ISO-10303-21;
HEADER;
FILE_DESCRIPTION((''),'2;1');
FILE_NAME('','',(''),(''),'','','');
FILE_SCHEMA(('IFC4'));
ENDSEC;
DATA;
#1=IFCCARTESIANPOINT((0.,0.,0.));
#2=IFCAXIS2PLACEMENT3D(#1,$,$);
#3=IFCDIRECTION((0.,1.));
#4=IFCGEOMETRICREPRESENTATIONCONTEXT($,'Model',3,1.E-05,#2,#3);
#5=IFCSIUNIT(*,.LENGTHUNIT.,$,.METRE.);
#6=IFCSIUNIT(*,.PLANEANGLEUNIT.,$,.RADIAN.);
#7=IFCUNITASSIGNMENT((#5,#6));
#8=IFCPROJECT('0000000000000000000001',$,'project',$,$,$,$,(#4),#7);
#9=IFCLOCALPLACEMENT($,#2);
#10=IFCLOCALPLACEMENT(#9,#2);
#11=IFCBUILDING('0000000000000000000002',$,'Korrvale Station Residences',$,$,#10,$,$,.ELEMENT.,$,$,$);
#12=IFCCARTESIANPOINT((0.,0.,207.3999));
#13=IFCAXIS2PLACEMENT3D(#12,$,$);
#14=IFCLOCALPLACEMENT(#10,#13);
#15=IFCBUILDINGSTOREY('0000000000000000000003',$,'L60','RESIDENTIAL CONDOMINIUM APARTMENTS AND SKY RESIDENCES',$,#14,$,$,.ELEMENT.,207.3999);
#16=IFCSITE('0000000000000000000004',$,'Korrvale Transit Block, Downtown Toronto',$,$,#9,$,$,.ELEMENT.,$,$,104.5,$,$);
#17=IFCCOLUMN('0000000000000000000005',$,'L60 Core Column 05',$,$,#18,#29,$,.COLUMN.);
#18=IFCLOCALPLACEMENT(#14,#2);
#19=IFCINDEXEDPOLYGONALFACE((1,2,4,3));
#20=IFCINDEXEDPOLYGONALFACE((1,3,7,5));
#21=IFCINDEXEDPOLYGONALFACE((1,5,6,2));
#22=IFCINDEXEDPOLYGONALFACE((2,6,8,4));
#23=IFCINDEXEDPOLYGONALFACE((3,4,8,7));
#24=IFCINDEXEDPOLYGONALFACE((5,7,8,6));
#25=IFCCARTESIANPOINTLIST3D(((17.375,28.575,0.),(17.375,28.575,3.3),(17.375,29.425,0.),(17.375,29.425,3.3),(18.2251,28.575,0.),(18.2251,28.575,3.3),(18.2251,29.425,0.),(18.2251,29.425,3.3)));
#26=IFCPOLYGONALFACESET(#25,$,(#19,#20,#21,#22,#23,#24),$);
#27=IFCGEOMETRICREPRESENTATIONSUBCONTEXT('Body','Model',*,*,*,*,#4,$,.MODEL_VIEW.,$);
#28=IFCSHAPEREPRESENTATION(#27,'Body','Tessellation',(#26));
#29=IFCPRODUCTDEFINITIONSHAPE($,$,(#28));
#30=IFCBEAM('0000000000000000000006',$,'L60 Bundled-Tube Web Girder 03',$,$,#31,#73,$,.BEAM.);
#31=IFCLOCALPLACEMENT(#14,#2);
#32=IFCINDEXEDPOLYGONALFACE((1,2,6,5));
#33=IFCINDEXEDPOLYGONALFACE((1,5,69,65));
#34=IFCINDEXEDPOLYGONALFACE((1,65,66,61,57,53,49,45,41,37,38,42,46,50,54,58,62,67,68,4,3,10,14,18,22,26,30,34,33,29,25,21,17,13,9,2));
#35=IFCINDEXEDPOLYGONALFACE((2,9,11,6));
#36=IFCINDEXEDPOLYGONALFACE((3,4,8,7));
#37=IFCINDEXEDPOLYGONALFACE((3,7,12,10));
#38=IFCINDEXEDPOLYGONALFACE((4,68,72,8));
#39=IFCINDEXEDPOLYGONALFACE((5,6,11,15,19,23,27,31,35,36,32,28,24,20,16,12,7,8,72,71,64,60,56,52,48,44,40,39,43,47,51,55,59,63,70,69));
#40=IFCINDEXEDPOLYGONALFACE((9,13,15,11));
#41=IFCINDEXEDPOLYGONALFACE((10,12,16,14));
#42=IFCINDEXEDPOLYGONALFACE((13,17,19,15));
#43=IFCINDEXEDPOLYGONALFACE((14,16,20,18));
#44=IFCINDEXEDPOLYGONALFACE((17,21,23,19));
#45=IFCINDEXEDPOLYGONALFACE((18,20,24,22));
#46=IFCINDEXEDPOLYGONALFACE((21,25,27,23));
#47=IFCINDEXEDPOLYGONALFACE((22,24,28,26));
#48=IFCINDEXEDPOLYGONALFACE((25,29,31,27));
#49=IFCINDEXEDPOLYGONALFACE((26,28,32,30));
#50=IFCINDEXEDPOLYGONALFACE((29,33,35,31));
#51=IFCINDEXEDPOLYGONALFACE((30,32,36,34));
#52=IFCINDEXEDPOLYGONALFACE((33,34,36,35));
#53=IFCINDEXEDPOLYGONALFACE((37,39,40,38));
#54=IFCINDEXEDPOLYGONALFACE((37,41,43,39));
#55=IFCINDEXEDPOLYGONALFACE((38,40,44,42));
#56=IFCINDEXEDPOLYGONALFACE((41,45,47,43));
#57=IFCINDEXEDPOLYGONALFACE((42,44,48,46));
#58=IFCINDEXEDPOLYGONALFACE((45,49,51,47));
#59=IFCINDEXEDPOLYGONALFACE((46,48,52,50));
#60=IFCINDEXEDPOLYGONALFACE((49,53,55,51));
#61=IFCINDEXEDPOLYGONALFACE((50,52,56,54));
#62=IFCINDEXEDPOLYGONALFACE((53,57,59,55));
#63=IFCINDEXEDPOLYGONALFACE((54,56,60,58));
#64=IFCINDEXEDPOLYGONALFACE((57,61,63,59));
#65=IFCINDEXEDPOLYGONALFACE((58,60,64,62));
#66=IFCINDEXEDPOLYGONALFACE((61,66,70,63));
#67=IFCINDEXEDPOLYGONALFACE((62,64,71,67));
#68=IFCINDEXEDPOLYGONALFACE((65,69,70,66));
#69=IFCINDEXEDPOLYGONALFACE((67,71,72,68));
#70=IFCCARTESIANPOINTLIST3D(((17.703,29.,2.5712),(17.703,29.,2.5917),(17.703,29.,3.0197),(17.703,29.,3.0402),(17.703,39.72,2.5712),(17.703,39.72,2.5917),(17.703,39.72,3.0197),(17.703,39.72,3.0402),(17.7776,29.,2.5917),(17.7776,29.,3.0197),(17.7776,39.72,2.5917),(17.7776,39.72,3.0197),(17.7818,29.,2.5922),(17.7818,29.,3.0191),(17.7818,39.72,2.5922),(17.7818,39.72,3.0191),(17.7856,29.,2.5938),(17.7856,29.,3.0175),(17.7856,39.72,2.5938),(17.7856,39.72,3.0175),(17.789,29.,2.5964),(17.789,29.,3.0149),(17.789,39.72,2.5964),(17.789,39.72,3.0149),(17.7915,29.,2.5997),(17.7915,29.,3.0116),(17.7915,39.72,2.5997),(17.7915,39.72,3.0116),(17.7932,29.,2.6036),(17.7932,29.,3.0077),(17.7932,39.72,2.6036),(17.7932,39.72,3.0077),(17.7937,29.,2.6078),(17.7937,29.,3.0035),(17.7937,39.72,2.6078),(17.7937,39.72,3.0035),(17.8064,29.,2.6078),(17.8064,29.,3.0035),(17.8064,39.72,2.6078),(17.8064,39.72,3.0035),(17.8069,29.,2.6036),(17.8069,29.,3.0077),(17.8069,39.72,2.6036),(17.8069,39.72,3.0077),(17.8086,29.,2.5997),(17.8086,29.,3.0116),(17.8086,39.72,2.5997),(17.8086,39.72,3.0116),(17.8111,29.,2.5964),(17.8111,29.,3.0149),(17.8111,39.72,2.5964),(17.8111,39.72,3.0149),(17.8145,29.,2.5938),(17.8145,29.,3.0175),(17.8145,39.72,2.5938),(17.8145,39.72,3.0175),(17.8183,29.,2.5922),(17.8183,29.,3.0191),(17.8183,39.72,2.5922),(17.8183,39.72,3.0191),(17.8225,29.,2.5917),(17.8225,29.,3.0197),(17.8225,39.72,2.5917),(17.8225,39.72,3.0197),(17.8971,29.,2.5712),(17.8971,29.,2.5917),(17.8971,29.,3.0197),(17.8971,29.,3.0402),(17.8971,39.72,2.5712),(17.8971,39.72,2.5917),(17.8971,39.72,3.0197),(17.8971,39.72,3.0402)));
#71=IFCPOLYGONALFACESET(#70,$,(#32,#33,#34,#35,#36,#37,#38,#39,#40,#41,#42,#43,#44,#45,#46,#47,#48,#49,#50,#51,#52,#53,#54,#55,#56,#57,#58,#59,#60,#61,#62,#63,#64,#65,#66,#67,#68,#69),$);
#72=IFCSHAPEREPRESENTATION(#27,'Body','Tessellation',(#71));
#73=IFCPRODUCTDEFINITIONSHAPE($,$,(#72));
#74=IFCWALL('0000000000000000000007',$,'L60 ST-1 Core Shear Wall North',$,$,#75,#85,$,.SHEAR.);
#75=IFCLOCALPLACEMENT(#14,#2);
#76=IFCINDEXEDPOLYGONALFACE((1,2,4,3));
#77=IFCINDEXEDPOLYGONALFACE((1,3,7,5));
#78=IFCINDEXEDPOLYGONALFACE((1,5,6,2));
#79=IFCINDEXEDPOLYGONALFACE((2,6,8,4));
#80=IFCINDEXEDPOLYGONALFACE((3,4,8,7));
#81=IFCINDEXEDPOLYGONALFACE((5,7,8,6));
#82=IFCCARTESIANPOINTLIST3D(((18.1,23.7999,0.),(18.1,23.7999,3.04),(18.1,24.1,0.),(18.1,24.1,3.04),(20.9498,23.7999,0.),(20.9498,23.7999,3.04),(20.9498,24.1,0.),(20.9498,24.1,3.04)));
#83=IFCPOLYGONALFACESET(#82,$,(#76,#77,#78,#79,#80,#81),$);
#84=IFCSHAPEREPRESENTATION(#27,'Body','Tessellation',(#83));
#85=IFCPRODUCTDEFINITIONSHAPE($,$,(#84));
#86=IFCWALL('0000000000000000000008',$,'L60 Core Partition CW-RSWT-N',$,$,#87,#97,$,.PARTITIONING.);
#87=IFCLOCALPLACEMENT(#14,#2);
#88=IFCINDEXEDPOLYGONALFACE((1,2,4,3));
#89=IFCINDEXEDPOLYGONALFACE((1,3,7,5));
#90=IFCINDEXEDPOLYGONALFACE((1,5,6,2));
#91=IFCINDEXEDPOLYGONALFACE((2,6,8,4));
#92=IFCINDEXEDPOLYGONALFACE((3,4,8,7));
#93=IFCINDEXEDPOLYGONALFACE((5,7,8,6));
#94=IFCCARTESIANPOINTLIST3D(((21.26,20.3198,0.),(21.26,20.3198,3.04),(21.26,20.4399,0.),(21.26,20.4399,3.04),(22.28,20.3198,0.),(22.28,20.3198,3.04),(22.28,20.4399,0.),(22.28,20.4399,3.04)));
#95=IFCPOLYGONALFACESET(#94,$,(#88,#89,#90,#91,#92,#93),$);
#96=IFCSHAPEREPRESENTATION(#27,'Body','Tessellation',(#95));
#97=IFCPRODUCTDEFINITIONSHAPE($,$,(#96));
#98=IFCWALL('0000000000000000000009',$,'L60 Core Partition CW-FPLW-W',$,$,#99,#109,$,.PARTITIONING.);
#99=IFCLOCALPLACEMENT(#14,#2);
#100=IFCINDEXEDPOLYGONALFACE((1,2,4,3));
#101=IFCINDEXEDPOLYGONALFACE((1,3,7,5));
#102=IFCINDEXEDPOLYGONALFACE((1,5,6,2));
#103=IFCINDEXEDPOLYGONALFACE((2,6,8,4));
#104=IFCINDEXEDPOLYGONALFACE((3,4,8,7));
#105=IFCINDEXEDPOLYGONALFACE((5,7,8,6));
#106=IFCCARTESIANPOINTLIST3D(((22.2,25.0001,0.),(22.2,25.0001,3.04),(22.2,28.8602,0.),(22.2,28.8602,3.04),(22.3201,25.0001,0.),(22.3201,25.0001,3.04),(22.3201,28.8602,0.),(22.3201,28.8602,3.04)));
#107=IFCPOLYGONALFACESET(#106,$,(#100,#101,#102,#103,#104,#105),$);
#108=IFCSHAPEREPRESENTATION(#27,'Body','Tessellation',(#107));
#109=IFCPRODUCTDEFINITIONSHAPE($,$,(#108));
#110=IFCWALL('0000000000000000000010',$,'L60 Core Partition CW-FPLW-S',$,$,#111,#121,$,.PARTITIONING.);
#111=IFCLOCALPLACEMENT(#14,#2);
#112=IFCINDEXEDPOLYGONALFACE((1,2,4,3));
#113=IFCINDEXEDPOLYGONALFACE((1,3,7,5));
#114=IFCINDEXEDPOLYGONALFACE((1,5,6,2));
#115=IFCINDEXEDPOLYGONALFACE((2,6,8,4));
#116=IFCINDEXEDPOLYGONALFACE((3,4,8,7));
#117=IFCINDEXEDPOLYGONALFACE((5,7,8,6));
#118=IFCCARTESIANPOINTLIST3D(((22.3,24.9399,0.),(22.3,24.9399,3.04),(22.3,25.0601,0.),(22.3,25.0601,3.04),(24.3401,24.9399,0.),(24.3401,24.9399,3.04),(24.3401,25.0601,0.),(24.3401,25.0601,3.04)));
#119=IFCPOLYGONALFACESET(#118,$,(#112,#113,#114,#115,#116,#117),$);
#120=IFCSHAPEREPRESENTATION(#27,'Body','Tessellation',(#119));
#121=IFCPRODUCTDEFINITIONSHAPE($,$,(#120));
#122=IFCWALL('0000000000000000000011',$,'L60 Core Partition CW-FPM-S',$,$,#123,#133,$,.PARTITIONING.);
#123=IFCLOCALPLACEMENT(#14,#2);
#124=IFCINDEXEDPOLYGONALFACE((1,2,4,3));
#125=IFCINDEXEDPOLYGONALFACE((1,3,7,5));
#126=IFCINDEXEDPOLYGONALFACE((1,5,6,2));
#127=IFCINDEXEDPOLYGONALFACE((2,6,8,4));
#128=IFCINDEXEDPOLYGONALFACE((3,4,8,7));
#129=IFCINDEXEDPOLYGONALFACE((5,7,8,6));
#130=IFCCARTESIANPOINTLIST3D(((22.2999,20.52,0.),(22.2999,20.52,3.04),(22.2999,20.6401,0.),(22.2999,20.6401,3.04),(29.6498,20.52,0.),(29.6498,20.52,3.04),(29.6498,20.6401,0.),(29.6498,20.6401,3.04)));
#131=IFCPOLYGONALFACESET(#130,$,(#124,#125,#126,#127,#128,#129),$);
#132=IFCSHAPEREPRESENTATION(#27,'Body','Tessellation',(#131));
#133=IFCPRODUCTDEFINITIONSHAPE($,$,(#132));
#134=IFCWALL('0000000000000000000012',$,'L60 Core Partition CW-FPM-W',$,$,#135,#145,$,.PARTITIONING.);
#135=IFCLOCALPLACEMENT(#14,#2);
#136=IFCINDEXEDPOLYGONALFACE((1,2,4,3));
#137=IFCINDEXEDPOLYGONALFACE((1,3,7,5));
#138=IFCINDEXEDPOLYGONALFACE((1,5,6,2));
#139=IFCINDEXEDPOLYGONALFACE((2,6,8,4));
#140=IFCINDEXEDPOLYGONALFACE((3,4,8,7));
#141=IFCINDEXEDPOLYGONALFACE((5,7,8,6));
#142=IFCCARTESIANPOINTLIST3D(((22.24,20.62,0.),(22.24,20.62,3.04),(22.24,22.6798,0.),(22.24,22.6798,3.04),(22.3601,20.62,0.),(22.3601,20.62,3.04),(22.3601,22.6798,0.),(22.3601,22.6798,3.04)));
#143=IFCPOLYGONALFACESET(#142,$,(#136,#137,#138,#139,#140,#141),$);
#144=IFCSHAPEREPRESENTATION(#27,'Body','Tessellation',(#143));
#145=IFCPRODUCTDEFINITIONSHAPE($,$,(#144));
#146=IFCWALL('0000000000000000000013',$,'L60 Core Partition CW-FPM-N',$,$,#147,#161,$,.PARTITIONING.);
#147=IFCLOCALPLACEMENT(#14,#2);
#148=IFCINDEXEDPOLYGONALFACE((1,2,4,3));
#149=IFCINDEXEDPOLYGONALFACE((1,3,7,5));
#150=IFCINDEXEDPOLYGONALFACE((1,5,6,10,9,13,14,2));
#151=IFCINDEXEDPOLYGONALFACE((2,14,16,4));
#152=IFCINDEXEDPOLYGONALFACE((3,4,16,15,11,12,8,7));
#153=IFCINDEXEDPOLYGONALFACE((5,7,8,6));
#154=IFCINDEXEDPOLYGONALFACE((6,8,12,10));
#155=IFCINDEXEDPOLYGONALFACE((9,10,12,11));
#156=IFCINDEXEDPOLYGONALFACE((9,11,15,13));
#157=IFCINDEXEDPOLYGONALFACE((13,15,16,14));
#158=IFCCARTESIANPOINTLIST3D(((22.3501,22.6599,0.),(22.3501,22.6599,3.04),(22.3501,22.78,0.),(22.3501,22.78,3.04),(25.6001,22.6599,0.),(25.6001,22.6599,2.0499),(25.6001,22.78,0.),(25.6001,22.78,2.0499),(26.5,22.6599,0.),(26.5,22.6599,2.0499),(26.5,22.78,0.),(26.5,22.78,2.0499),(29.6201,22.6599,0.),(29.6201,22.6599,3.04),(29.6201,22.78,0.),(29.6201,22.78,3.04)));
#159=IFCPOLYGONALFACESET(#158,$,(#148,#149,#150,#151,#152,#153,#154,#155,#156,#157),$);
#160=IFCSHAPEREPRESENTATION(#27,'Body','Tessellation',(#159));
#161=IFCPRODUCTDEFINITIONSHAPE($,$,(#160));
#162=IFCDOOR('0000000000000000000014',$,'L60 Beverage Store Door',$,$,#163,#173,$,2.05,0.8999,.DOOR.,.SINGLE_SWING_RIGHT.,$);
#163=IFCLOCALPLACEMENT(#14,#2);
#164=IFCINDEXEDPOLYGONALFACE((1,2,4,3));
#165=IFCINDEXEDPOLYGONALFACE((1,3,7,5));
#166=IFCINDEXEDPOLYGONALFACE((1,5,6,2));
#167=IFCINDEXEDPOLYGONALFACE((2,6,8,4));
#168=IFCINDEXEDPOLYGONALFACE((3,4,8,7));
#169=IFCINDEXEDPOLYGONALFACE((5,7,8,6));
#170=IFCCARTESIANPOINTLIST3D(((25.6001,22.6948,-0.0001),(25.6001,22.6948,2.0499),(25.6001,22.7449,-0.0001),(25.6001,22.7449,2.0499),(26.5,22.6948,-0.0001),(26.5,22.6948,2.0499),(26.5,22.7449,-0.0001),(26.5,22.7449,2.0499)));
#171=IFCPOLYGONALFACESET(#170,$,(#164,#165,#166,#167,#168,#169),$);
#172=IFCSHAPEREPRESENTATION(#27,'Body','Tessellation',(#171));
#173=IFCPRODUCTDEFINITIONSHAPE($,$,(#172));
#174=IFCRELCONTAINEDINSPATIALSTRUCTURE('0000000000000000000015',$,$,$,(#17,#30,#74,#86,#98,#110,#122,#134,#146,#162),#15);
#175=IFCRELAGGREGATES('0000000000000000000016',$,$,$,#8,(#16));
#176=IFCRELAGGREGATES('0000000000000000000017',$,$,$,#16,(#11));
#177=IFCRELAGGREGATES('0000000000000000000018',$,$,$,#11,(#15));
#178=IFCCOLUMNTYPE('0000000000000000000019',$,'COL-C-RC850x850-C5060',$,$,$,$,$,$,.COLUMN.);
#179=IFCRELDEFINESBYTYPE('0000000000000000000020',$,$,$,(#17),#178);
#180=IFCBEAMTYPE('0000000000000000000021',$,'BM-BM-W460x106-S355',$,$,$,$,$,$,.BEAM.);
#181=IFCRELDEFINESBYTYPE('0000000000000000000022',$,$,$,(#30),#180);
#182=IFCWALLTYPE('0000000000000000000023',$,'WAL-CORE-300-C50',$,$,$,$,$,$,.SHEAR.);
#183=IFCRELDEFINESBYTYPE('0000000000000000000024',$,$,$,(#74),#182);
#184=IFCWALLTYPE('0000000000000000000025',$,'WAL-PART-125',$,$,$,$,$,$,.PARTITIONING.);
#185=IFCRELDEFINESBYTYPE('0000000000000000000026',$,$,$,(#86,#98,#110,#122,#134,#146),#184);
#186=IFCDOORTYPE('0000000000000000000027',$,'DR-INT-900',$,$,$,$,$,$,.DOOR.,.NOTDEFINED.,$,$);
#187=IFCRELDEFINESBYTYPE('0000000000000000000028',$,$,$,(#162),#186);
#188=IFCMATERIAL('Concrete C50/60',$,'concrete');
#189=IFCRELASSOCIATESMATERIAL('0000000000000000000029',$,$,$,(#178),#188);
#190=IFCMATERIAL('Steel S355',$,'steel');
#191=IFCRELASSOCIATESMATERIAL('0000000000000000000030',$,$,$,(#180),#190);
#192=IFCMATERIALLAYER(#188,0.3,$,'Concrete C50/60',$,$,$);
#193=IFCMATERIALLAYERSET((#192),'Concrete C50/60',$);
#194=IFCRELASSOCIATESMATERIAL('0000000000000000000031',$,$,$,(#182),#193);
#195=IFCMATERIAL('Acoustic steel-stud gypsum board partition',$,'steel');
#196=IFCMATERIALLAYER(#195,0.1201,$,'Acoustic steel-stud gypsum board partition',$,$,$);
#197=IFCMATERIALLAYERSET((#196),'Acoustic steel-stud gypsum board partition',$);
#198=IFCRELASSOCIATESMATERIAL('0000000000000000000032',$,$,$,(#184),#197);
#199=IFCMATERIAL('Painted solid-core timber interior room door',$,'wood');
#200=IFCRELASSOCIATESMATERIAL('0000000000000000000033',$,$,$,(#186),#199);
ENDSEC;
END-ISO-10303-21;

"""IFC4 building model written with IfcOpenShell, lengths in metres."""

from ifc_helpers import new_model, si_unit, direction, frame, frame_2d, origin, origin_2d, place, context, subcontext, project, spatial, rectangle, i_section, extrude, material, layer, layer_set, material_profile, profile_set, type_object, element, fill, save


model = new_model("IFC4")

# Units and contexts
model_context = context("Model", 3, precision=1e-05, world=origin(), true_north=direction((0.0, 1.0)))
body_context = subcontext(model_context, "Body", "Model", "MODEL_VIEW")
ifc_project = project(units=[si_unit("LENGTHUNIT", "METRE"), si_unit("PLANEANGLEUNIT", "RADIAN")], contexts=[model_context])

# Site, building, storey
site_placement = place(None, origin())
site = spatial("IfcSite", under=ifc_project, at=site_placement, Name="Korrvale Transit Block, Downtown Toronto", CompositionType="ELEMENT", RefElevation=104.5)
building_placement = place(site_placement, origin())
building = spatial("IfcBuilding", under=site, at=building_placement, Name="Korrvale Station Residences", CompositionType="ELEMENT")
storey_placement = place(building_placement, frame((0.0, 0.0, 207.3999)))
storey = spatial("IfcBuildingStorey", under=building, at=storey_placement, Name="L60", Description="RESIDENTIAL CONDOMINIUM APARTMENTS AND SKY RESIDENCES", CompositionType="ELEMENT", Elevation=207.3999)

# Column
ifc_material_1 = material(Name="Concrete C50/60", Category="concrete")
ifc_material_profile_1 = material_profile(ifc_material_1, rectangle(XDim=0.8501, YDim=0.8501, at=origin_2d()), Name="RC850x850")
ifc_profile_set_1 = profile_set([ifc_material_profile_1], Name="Concrete C50/60")
column_type = type_object("IfcColumnType", Name="COL-C-RC850x850-C5060", PredefinedType="COLUMN", material=ifc_profile_set_1)
column_placement = place(storey_placement, frame((17.8, 29.0, 0.0), z_axis=(0.0, 0.0, 1.0), x_axis=(1.0, 0.0, 0.0)))
element("IfcColumn", 1, at=column_placement, inside=storey, type_object=column_type, Name="L60 Core Column 05", PredefinedType="COLUMN", context=body_context, shape_type="SweptSolid", body=[
    extrude(rectangle(XDim=0.8501, YDim=0.8501, at=origin_2d()), origin(), (0.0, 0.0, 1.0), 3.3),
])

# Beam
ifc_material_2 = material(Name="Steel S355", Category="steel")
ifc_material_profile_2 = material_profile(ifc_material_2, i_section(OverallWidth=0.1941, OverallDepth=0.469, WebThickness=0.0127, FlangeThickness=0.0205, FilletRadius=0.0161, at=origin_2d()), Name="W460x106")
ifc_profile_set_2 = profile_set([ifc_material_profile_2], Name="Steel S355")
beam_type = type_object("IfcBeamType", Name="BM-BM-W460x106-S355", PredefinedType="BEAM", material=ifc_profile_set_2)
beam_placement = place(storey_placement, frame((17.8, 29.0, 2.8057), z_axis=(0.0, 1.0, 0.0), x_axis=(-1.0, 0.0, 0.0)))
element("IfcBeam", 2, at=beam_placement, inside=storey, type_object=beam_type, Name="L60 Bundled-Tube Web Girder 03", PredefinedType="BEAM", context=body_context, shape_type="SweptSolid", body=[
    extrude(i_section(OverallWidth=0.1941, OverallDepth=0.469, WebThickness=0.0127, FlangeThickness=0.0205, FilletRadius=0.0161, at=origin_2d()), origin(), (0.0, 0.0, 1.0), 10.72),
])

# Walls
ifc_layer_1 = layer(ifc_material_1, 0.3, Name="Concrete C50/60")
ifc_layer_set_1 = layer_set([ifc_layer_1], Name="Concrete C50/60")
wall_type_1 = type_object("IfcWallType", Name="WAL-CORE-300-C50", PredefinedType="SHEAR", material=ifc_layer_set_1)
wall_1_placement = place(storey_placement, frame((18.1001, 23.95, 0.0), z_axis=(0.0, 0.0, 1.0), x_axis=(1.0, 0.0, 0.0)))
element("IfcWall", 3, at=wall_1_placement, inside=storey, type_object=wall_type_1, Name="L60 ST-1 Core Shear Wall North", PredefinedType="SHEAR", context=body_context, shape_type="SweptSolid", body=[
    extrude(rectangle(XDim=2.8499, YDim=0.3, at=frame_2d((1.4248, 0.0))), origin(), (0.0, 0.0, 1.0), 3.04),
])
ifc_material_3 = material(Name="Acoustic steel-stud gypsum board partition", Category="steel")
ifc_layer_2 = layer(ifc_material_3, 0.1201, Name="Acoustic steel-stud gypsum board partition")
ifc_layer_set_2 = layer_set([ifc_layer_2], Name="Acoustic steel-stud gypsum board partition")
wall_type_2 = type_object("IfcWallType", Name="WAL-PART-125", PredefinedType="PARTITIONING", material=ifc_layer_set_2)
wall_2_placement = place(storey_placement, frame((22.28, 20.3799, 0.0), z_axis=(0.0, 0.0, 1.0), x_axis=(-1.0, 0.0, 0.0)))
element("IfcWall", 4, at=wall_2_placement, inside=storey, type_object=wall_type_2, Name="L60 Core Partition CW-RSWT-N", PredefinedType="PARTITIONING", context=body_context, shape_type="SweptSolid", body=[
    extrude(rectangle(XDim=1.02, YDim=0.1201, at=frame_2d((0.51, 0.0))), origin(), (0.0, 0.0, 1.0), 3.04),
])
wall_3_placement = place(storey_placement, frame((22.26, 25.0, 0.0), z_axis=(0.0, 0.0, 1.0), x_axis=(0.0, 1.0, 0.0)))
element("IfcWall", 5, at=wall_3_placement, inside=storey, type_object=wall_type_2, Name="L60 Core Partition CW-FPLW-W", PredefinedType="PARTITIONING", context=body_context, shape_type="SweptSolid", body=[
    extrude(rectangle(XDim=3.8601, YDim=0.1201, at=frame_2d((1.9302, 0.0))), origin(), (0.0, 0.0, 1.0), 3.04),
])
wall_4_placement = place(storey_placement, frame((22.3, 25.0, 0.0), z_axis=(0.0, 0.0, 1.0), x_axis=(1.0, 0.0, 0.0)))
element("IfcWall", 6, at=wall_4_placement, inside=storey, type_object=wall_type_2, Name="L60 Core Partition CW-FPLW-S", PredefinedType="PARTITIONING", context=body_context, shape_type="SweptSolid", body=[
    extrude(rectangle(XDim=2.04, YDim=0.1201, at=frame_2d((1.02, 0.0))), origin(), (0.0, 0.0, 1.0), 3.04),
])
wall_5_placement = place(storey_placement, frame((22.3, 20.5801, 0.0), z_axis=(0.0, 0.0, 1.0), x_axis=(1.0, 0.0, 0.0)))
element("IfcWall", 7, at=wall_5_placement, inside=storey, type_object=wall_type_2, Name="L60 Core Partition CW-FPM-S", PredefinedType="PARTITIONING", context=body_context, shape_type="SweptSolid", body=[
    extrude(rectangle(XDim=7.3499, YDim=0.1201, at=frame_2d((3.6748, 0.0))), origin(), (0.0, 0.0, 1.0), 3.04),
])
wall_6_placement = place(storey_placement, frame((22.3, 20.6201, 0.0), z_axis=(0.0, 0.0, 1.0), x_axis=(0.0, 1.0, 0.0)))
element("IfcWall", 8, at=wall_6_placement, inside=storey, type_object=wall_type_2, Name="L60 Core Partition CW-FPM-W", PredefinedType="PARTITIONING", context=body_context, shape_type="SweptSolid", body=[
    extrude(rectangle(XDim=2.0598, YDim=0.1201, at=frame_2d((1.0298, 0.0))), origin(), (0.0, 0.0, 1.0), 3.04),
])

# Wall, opening, door
wall_7_placement = place(storey_placement, frame((22.3501, 22.72, 0.0), z_axis=(0.0, 0.0, 1.0), x_axis=(1.0, 0.0, 0.0)))
wall_7 = element("IfcWall", 9, at=wall_7_placement, inside=storey, type_object=wall_type_2, Name="L60 Core Partition CW-FPM-N", PredefinedType="PARTITIONING", context=body_context, shape_type="SweptSolid", body=[
    extrude(rectangle(XDim=7.27, YDim=0.1201, at=frame_2d((3.635, 0.0))), origin(), (0.0, 0.0, 1.0), 3.04),
])
opening_1_placement = place(wall_7_placement, frame((3.25, 0.0, 0.0)))
opening_1 = element("IfcOpeningElement", 10, at=opening_1_placement, cuts=wall_7, PredefinedType="OPENING", context=body_context, shape_type="SweptSolid", body=[
    extrude(rectangle(XDim=0.8999, YDim=2.05, at=frame_2d((0.45, 1.0249))), frame((0.0, 0.0701, 0.0), z_axis=(0.0, -1.0, 0.0), x_axis=(1.0, 0.0, 0.0)), (0.0, 0.0, 1.0), 0.1401),
])
ifc_material_4 = material(Name="Painted solid-core timber interior room door", Category="wood")
door_type_1 = type_object("IfcDoorType", Name="DR-INT-900", OperationType="NOTDEFINED", PredefinedType="DOOR", material=ifc_material_4)
door_1_placement = place(opening_1_placement, origin())
door_1 = element("IfcDoor", 11, at=door_1_placement, inside=storey, type_object=door_type_1, Name="L60 Beverage Store Door", OperationType="SINGLE_SWING_RIGHT", OverallHeight=2.05, OverallWidth=0.8999, PredefinedType="DOOR", context=body_context, shape_type="SweptSolid", body=[
    extrude(rectangle(XDim=0.8999, YDim=2.05, at=frame_2d((0.45, 1.0249))), frame((0.0, 0.0249, 0.0), z_axis=(0.0, -1.0, 0.0), x_axis=(1.0, 0.0, 0.0)), (0.0, 0.0, 1.0), 0.05),
])
fill(opening_1, door_1)

save(model, "model.ifc")
